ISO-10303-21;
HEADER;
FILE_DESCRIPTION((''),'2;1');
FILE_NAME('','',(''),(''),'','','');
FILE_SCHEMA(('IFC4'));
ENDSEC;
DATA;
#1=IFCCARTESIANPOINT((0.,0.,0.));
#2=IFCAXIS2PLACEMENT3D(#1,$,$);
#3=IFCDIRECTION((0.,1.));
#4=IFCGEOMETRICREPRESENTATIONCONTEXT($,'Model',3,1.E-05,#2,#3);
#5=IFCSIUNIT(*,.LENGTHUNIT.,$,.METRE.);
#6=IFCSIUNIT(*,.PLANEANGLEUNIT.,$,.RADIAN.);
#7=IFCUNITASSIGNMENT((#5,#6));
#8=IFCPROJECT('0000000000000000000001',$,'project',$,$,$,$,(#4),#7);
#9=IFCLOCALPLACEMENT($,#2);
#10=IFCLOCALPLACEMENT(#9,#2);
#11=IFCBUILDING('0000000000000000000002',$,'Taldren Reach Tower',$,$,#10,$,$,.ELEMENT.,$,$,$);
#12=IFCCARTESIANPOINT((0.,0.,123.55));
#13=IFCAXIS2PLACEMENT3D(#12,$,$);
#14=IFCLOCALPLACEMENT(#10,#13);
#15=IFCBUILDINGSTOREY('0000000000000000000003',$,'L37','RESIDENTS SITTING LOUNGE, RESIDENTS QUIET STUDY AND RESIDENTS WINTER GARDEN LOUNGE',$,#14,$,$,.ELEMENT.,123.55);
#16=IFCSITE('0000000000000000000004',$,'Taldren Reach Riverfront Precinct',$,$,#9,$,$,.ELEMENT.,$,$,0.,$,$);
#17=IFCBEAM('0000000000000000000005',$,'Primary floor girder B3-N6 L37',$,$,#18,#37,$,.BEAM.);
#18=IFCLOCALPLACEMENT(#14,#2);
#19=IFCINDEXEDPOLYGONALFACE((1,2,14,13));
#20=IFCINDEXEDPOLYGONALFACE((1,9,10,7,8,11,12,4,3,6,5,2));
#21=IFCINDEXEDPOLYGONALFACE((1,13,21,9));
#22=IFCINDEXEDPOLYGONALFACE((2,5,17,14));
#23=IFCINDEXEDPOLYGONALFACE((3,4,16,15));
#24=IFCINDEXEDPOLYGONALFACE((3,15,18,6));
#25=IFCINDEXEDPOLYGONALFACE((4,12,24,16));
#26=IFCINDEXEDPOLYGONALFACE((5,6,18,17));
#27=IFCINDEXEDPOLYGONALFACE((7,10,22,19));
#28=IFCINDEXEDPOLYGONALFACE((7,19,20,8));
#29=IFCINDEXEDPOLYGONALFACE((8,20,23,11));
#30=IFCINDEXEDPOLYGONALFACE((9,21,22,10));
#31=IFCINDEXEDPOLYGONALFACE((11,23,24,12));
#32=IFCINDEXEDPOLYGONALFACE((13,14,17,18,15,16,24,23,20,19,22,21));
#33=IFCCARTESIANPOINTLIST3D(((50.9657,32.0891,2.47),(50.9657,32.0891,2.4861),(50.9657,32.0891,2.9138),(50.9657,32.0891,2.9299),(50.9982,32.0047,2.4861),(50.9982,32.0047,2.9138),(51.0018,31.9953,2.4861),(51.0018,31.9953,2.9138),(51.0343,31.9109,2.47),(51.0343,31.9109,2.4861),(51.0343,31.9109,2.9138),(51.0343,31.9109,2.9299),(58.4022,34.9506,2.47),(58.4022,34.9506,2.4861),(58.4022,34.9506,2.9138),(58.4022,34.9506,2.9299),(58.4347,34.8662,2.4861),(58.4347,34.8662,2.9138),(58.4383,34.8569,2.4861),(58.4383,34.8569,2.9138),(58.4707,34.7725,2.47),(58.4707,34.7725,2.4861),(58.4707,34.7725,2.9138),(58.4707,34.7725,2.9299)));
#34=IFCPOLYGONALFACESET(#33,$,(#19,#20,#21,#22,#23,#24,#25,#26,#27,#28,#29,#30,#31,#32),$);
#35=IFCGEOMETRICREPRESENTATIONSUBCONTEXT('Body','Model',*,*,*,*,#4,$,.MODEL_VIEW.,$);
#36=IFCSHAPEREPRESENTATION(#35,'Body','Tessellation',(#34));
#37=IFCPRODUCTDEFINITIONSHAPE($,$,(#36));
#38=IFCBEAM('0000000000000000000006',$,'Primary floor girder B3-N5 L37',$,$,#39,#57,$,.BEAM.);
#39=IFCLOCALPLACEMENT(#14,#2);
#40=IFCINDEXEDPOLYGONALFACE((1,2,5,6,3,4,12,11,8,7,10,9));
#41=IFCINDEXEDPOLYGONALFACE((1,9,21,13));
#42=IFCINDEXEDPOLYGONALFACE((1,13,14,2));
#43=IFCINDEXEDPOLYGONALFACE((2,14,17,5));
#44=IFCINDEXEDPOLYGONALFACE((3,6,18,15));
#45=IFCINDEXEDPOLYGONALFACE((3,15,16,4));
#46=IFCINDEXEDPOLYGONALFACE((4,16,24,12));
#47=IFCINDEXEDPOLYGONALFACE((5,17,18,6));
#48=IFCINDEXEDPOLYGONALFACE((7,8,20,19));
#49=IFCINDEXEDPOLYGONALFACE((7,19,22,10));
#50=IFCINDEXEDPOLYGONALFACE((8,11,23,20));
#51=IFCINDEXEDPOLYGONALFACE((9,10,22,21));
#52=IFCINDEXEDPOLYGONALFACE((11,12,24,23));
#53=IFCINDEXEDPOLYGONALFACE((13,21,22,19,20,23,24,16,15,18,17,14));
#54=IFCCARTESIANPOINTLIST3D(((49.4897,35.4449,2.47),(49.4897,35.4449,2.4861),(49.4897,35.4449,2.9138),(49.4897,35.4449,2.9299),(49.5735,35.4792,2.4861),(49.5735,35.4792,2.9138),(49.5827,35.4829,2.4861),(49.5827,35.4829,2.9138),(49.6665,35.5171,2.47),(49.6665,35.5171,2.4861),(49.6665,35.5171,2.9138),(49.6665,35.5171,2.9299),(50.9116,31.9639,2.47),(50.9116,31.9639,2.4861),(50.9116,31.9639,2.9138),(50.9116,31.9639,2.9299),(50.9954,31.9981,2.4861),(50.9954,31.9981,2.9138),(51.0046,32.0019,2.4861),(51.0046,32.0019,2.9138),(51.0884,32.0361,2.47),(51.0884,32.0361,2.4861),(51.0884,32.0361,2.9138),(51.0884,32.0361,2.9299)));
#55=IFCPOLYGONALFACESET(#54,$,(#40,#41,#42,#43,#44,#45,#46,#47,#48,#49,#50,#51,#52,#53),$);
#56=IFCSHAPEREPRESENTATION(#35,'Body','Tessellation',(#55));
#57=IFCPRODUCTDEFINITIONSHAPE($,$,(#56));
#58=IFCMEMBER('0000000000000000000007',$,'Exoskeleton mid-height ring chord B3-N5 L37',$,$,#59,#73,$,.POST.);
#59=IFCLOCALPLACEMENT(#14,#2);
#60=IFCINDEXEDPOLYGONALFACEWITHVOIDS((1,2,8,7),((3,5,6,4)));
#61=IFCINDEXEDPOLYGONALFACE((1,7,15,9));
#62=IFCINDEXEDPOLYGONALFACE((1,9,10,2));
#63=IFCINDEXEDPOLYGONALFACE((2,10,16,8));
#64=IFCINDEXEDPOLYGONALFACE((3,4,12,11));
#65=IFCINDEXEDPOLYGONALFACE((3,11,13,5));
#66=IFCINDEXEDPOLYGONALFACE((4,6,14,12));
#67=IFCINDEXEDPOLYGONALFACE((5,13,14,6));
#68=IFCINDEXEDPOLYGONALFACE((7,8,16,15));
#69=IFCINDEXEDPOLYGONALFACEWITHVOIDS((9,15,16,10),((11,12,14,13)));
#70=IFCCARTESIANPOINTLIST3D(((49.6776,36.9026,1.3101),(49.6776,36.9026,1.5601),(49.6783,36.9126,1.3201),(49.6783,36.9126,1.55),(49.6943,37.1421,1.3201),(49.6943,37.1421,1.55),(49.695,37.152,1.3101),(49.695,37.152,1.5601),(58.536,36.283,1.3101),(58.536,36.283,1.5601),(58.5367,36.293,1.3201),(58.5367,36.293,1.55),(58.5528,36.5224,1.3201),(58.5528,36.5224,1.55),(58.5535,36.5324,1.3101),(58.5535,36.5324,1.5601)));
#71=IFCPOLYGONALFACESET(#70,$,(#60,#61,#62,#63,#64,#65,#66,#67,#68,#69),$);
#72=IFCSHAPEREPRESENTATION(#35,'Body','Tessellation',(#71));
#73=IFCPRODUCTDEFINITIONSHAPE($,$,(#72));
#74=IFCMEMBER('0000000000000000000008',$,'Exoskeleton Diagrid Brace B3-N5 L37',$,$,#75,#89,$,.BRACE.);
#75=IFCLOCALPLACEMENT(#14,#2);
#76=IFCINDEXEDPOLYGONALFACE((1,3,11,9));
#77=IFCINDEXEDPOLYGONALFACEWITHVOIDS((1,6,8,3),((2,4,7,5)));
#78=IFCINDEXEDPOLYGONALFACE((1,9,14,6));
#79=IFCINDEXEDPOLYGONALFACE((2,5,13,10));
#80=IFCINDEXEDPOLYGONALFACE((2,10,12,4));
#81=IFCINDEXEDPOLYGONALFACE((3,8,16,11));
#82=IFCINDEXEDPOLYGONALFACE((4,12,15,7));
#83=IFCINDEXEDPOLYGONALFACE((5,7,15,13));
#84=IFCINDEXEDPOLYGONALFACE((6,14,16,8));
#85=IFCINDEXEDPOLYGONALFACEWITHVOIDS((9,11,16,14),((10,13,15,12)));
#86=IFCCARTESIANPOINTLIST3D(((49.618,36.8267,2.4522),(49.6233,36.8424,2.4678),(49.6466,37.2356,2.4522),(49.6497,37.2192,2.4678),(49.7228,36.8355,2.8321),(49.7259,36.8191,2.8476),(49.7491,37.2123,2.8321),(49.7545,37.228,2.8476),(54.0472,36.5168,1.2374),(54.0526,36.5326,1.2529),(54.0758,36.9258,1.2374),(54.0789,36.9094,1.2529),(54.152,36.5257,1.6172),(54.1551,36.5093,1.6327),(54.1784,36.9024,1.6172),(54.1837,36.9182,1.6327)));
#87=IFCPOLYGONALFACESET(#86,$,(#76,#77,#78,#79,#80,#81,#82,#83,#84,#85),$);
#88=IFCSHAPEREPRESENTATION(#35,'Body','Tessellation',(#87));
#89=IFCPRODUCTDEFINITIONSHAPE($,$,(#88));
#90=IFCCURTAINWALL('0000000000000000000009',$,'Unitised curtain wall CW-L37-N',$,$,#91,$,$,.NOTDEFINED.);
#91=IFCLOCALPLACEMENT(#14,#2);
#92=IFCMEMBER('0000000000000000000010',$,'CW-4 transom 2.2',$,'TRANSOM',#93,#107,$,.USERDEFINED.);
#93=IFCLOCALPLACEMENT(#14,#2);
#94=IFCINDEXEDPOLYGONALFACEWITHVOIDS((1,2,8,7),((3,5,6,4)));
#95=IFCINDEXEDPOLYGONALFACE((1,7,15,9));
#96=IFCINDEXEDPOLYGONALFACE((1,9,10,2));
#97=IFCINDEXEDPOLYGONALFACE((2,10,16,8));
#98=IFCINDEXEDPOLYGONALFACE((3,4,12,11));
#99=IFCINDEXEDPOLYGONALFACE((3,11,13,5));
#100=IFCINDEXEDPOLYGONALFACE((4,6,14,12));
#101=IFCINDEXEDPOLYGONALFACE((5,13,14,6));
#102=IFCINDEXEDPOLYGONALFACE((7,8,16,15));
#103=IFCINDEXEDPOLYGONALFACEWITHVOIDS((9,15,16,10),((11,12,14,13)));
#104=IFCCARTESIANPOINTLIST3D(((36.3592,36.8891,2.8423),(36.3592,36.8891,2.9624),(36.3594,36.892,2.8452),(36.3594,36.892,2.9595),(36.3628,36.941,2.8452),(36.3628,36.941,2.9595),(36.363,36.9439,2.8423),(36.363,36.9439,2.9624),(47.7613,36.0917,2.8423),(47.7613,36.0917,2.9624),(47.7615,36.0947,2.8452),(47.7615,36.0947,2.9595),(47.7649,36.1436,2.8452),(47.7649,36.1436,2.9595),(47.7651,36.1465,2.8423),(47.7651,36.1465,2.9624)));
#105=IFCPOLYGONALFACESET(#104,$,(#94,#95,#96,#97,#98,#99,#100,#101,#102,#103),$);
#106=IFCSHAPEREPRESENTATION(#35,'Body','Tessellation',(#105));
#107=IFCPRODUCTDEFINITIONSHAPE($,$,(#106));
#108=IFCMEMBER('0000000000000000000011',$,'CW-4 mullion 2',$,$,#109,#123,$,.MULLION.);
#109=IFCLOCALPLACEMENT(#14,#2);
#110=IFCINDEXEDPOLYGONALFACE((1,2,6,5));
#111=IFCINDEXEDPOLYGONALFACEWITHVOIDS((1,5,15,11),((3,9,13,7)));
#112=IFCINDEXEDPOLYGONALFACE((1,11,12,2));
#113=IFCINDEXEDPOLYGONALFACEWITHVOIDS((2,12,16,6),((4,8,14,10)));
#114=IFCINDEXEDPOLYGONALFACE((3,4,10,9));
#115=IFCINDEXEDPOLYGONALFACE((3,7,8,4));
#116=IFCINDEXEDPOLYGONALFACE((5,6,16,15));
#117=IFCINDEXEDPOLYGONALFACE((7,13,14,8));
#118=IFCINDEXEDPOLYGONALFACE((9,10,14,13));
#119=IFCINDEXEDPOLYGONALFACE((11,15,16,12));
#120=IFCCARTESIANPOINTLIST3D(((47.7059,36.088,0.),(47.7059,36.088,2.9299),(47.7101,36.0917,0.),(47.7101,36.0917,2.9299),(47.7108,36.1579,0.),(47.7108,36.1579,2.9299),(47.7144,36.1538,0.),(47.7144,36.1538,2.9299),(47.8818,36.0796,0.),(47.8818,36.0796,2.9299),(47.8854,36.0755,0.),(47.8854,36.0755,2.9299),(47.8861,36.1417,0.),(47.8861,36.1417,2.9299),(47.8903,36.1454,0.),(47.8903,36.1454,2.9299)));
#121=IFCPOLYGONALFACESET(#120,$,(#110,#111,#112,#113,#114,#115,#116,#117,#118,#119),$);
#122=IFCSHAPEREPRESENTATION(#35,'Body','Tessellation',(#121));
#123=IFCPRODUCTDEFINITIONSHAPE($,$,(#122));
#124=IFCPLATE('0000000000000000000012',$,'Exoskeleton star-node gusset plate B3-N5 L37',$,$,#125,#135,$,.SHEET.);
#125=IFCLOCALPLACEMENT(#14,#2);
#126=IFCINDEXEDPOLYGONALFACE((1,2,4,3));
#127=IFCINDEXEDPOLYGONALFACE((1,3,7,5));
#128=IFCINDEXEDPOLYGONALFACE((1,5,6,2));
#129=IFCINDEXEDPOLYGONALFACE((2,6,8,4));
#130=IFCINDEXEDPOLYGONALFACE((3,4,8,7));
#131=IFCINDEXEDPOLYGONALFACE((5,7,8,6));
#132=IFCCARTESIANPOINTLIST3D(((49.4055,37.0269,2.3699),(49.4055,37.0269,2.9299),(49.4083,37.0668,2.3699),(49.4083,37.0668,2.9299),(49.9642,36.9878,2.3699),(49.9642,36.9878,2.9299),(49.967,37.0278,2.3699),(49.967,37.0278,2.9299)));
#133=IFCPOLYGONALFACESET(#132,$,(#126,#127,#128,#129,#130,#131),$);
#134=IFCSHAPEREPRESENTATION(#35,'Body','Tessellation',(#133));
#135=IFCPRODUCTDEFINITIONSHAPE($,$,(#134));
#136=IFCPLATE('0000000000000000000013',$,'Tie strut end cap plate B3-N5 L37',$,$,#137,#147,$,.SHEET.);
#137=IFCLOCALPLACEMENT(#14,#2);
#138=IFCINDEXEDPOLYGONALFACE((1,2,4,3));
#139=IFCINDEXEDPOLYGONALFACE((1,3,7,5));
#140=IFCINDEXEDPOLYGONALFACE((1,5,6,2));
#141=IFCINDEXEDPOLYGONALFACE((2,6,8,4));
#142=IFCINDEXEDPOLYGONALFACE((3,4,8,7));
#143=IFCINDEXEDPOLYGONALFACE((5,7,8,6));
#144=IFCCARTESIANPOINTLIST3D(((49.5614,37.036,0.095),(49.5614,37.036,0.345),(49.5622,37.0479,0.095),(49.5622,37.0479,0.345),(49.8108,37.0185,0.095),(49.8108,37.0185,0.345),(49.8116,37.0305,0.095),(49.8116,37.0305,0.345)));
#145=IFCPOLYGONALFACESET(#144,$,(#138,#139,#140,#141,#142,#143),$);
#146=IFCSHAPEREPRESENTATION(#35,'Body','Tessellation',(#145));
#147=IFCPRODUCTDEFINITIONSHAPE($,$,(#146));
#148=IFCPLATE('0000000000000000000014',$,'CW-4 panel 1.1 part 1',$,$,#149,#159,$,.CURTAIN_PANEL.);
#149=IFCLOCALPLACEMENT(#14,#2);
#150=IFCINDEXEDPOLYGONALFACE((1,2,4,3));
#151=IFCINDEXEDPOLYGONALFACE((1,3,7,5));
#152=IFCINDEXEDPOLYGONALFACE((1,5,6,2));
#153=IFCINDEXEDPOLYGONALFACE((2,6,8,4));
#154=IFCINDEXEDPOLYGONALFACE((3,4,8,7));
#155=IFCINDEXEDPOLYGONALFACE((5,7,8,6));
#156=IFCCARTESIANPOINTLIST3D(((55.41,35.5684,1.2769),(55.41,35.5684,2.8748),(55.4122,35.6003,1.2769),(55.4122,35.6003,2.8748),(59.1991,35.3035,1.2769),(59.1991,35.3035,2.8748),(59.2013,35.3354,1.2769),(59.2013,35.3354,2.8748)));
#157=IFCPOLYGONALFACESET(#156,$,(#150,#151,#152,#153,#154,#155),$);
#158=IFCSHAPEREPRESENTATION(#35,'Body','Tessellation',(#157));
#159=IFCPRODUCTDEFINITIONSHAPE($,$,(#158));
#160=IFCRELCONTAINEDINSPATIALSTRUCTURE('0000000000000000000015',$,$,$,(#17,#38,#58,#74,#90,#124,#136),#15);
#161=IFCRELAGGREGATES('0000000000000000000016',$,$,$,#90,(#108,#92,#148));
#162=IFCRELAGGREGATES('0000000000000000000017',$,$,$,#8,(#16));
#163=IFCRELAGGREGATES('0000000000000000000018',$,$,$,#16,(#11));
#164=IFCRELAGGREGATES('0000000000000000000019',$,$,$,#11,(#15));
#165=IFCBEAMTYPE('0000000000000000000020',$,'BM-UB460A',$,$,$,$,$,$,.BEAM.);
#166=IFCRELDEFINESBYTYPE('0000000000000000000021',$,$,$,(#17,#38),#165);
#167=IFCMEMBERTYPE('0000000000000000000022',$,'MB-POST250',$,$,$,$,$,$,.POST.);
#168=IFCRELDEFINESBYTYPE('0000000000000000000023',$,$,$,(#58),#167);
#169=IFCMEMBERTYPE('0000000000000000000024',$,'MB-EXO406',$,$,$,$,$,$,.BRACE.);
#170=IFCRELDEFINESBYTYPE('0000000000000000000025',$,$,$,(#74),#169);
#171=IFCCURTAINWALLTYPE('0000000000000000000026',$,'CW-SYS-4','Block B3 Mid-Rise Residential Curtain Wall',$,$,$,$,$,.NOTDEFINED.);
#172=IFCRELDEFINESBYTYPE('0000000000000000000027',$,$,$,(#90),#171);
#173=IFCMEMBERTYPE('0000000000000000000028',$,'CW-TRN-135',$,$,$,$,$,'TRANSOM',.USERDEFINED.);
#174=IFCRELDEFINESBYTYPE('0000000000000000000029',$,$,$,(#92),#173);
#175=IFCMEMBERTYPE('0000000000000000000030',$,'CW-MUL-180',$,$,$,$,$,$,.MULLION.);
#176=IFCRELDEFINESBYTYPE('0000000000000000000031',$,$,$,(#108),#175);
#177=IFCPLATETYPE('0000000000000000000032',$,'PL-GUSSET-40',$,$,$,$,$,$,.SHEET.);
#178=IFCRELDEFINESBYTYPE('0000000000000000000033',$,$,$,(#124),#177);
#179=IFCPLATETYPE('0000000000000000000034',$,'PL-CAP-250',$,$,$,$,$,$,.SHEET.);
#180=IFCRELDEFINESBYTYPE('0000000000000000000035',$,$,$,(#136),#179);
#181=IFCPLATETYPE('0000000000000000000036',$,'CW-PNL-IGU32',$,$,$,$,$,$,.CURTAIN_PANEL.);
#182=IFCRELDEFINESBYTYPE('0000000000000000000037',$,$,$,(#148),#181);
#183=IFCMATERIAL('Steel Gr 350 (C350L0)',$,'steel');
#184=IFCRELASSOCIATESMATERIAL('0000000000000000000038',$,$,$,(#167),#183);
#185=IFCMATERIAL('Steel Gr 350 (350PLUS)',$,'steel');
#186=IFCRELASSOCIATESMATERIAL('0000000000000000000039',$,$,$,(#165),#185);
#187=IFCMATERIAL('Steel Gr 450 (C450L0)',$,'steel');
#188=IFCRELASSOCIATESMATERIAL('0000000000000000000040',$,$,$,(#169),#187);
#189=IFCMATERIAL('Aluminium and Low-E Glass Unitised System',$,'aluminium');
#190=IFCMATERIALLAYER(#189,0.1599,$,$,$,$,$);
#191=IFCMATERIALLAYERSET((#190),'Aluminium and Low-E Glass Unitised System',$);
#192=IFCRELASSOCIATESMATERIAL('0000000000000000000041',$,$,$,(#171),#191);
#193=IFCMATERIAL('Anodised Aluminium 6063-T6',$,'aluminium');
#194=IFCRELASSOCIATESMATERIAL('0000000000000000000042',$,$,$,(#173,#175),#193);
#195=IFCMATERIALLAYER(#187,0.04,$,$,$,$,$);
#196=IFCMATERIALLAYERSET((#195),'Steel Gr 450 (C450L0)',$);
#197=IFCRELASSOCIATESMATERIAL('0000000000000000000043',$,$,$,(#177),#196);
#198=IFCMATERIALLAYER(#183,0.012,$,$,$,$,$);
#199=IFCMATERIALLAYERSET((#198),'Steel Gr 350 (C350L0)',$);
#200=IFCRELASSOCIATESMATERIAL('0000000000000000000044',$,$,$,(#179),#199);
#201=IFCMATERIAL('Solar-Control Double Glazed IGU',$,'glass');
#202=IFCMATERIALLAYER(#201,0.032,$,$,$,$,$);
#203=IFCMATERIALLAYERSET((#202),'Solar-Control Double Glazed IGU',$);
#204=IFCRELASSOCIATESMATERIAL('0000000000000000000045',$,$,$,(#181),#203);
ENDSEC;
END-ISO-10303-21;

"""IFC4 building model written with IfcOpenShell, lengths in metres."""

from ifc_helpers import new_model, si_unit, direction, frame, origin, origin_2d, place, context, subcontext, project, spatial, rectangle, hollow_rectangle, i_section, extrude, source, transform, mapped, material, layer, layer_set, material_profile, profile_set, type_object, element, aggregate, save


model = new_model("IFC4")

# Units and contexts
model_context = context("Model", 3, precision=1e-05, world=origin(), true_north=direction((0.0, 1.0)))
body_context = subcontext(model_context, "Body", "Model", "MODEL_VIEW")
ifc_project = project(units=[si_unit("LENGTHUNIT", "METRE"), si_unit("PLANEANGLEUNIT", "RADIAN")], contexts=[model_context])

# Site, building, storey
site_placement = place(None, origin())
site = spatial("IfcSite", under=ifc_project, at=site_placement, Name="Taldren Reach Riverfront Precinct", CompositionType="ELEMENT", RefElevation=0.0)
building_placement = place(site_placement, origin())
building = spatial("IfcBuilding", under=site, at=building_placement, Name="Taldren Reach Tower", CompositionType="ELEMENT")
storey_placement = place(building_placement, frame((0.0, 0.0, 123.55)))
storey = spatial("IfcBuildingStorey", under=building, at=storey_placement, Name="L37", Description="RESIDENTS SITTING LOUNGE, RESIDENTS QUIET STUDY AND RESIDENTS WINTER GARDEN LOUNGE", CompositionType="ELEMENT", Elevation=123.55)

# Shared definitions
ifc_material_1 = material(Name="Steel Gr 450 (C450L0)", Category="steel")
ifc_material_2 = material(Name="Steel Gr 350 (350PLUS)", Category="steel")

# Shared definitions
ifc_material_3 = material(Name="Steel Gr 350 (C350L0)", Category="steel")
ifc_material_profile_1 = material_profile(ifc_material_3, hollow_rectangle(XDim=0.25, YDim=0.25, WallThickness=0.01, at=origin_2d()), Name="250x250x10.0SHS")
ifc_profile_set_1 = profile_set([ifc_material_profile_1], Name="Steel Gr 350 (C350L0)")
member_type_1 = type_object("IfcMemberType", Name="MB-POST250", PredefinedType="POST", material=ifc_profile_set_1)

# Beams
ifc_material_profile_2 = material_profile(ifc_material_2, i_section(OverallWidth=0.1909, OverallDepth=0.46, WebThickness=0.01, FlangeThickness=0.0161, at=origin_2d()), Name="460UB82.1")
ifc_profile_set_2 = profile_set([ifc_material_profile_2], Name="Steel Gr 350 (350PLUS)")
beam_type_1 = type_object("IfcBeamType", Name="BM-UB460A", PredefinedType="BEAM", material=ifc_profile_set_2)
shared_shape_1 = source(origin(), body_context, "Body", "SweptSolid", [
    extrude(i_section(OverallWidth=0.1909, OverallDepth=0.46, WebThickness=0.01, FlangeThickness=0.0161, at=origin_2d()), origin(), (0.0, 0.0, 1.0), 7.968),
])
beam_1_placement = place(storey_placement, frame((51.0, 32.0, 2.7), z_axis=(0.933288, 0.359129, 0.0), x_axis=(-0.359129, 0.933288, 0.0)))
element("IfcBeam", 1, at=beam_1_placement, inside=storey, type_object=beam_type_1, Name="Primary floor girder B3-N6 L37", PredefinedType="BEAM", context=body_context, shape_type="MappedRepresentation", body=[
    mapped(shared_shape_1, transform((0.0, 0.0, 0.0), scale=1.0)),
])
shared_shape_2 = source(origin(), body_context, "Body", "SweptSolid", [
    extrude(i_section(OverallWidth=0.1909, OverallDepth=0.46, WebThickness=0.01, FlangeThickness=0.0161, at=origin_2d()), origin(), (0.0, 0.0, 1.0), 3.7603),
])
beam_2_placement = place(storey_placement, frame((51.0, 32.0, 2.7), z_axis=(-0.378142, 0.925747, 0.0), x_axis=(-0.925747, -0.378142, 0.0)))
element("IfcBeam", 2, at=beam_2_placement, inside=storey, type_object=beam_type_1, Name="Primary floor girder B3-N5 L37", PredefinedType="BEAM", context=body_context, shape_type="MappedRepresentation", body=[
    mapped(shared_shape_2, transform((0.0, 0.0, 0.0), scale=1.0)),
])

# Members
shared_shape_3 = source(origin(), body_context, "Body", "SweptSolid", [
    extrude(hollow_rectangle(XDim=0.25, YDim=0.25, WallThickness=0.01, at=origin_2d()), origin(), (0.0, 0.0, 1.0), 8.8801),
])
member_1_placement = place(storey_placement, frame((49.6863, 37.0273, 1.4351), z_axis=(0.997563, -0.069778, 0.0), x_axis=(0.069778, 0.997563, 0.0)))
element("IfcMember", 3, at=member_1_placement, inside=storey, type_object=member_type_1, Name="Exoskeleton mid-height ring chord B3-N5 L37", PredefinedType="POST", context=body_context, shape_type="MappedRepresentation", body=[
    mapped(shared_shape_3, transform((0.0, 0.0, 0.0), scale=1.0)),
])
ifc_material_profile_3 = material_profile(ifc_material_1, hollow_rectangle(XDim=0.4099, YDim=0.4099, WallThickness=0.0161, at=origin_2d()), Name="410x410x16.0SHS")
ifc_profile_set_3 = profile_set([ifc_material_profile_3], Name="Steel Gr 450 (C450L0)")
member_type_2 = type_object("IfcMemberType", Name="MB-EXO406", PredefinedType="BRACE", material=ifc_profile_set_3)
shared_shape_4 = source(origin(), body_context, "Body", "SweptSolid", [
    extrude(hollow_rectangle(XDim=0.4099, YDim=0.4099, WallThickness=0.0161, at=origin_2d()), origin(), (0.0, 0.0, 1.0), 4.6033),
])
member_2_placement = place(storey_placement, frame((54.1155, 36.7175, 1.4351), z_axis=(-0.962196, 0.067304, 0.263912), x_axis=(-0.069778, -0.997563, 0.0)))
element("IfcMember", 4, at=member_2_placement, inside=storey, type_object=member_type_2, Name="Exoskeleton Diagrid Brace B3-N5 L37", PredefinedType="BRACE", context=body_context, shape_type="MappedRepresentation", body=[
    mapped(shared_shape_4, transform((0.0, 0.0, 0.0), scale=1.0)),
])

# Curtain wall, members
ifc_material_4 = material(Name="Aluminium and Low-E Glass Unitised System", Category="aluminium")
ifc_layer_1 = layer(ifc_material_4, 0.1599)
ifc_layer_set_1 = layer_set([ifc_layer_1], Name="Aluminium and Low-E Glass Unitised System")
curtain_wall_type = type_object("IfcCurtainWallType", Name="CW-SYS-4", Description="Block B3 Mid-Rise Residential Curtain Wall", PredefinedType="NOTDEFINED", material=ifc_layer_set_1)
curtain_wall_placement = place(storey_placement, origin())
curtain_wall = element("IfcCurtainWall", 5, at=curtain_wall_placement, inside=storey, type_object=curtain_wall_type, Name="Unitised curtain wall CW-L37-N", PredefinedType="NOTDEFINED")
ifc_material_5 = material(Name="Anodised Aluminium 6063-T6", Category="aluminium")
ifc_material_profile_4 = material_profile(ifc_material_5, hollow_rectangle(XDim=0.0549, YDim=0.1201, WallThickness=0.0029, at=origin_2d()), Name="ALU-120x55x3RHS")
ifc_profile_set_4 = profile_set([ifc_material_profile_4], Name="Anodised Aluminium 6063-T6")
member_type_3 = type_object("IfcMemberType", Name="CW-TRN-135", ElementType="TRANSOM", PredefinedType="USERDEFINED", material=ifc_profile_set_4)
shared_shape_5 = source(origin(), body_context, "Body", "SweptSolid", [
    extrude(hollow_rectangle(XDim=0.0549, YDim=0.1201, WallThickness=0.0029, at=origin_2d()), origin(), (0.0, 0.0, 1.0), 11.4299),
])
member_3_placement = place(storey_placement, frame((47.7632, 36.1191, 2.9023), z_axis=(-0.997564, 0.069761, 0.0), x_axis=(-0.069761, -0.997564, 0.0)))
member_3 = element("IfcMember", 6, at=member_3_placement, type_object=member_type_3, Name="CW-4 transom 2.2", ObjectType="TRANSOM", PredefinedType="USERDEFINED", context=body_context, shape_type="MappedRepresentation", body=[
    mapped(shared_shape_5, transform((0.0, 0.0, 0.0), scale=1.0)),
])
ifc_material_profile_5 = material_profile(ifc_material_5, hollow_rectangle(XDim=0.0701, YDim=0.1799, WallThickness=0.0039, at=origin_2d()), Name="ALU-180x70x4RHS")
ifc_profile_set_5 = profile_set([ifc_material_profile_5], Name="Anodised Aluminium 6063-T6")
member_type_4 = type_object("IfcMemberType", Name="CW-MUL-180", PredefinedType="MULLION", material=ifc_profile_set_5)
shared_shape_6 = source(origin(), body_context, "Body", "SweptSolid", [
    extrude(hollow_rectangle(XDim=0.0701, YDim=0.1799, WallThickness=0.0039, at=origin_2d()), origin(), (0.0, 0.0, 1.0), 2.9299),
])
member_4_placement = place(storey_placement, frame((47.7981, 36.1167, 0.0), z_axis=(0.0, 0.0, 1.0), x_axis=(-0.069757, -0.997564, 0.0)))
member_4 = element("IfcMember", 7, at=member_4_placement, type_object=member_type_4, Name="CW-4 mullion 2", PredefinedType="MULLION", context=body_context, shape_type="MappedRepresentation", body=[
    mapped(shared_shape_6, transform((0.0, 0.0, 0.0), scale=1.0)),
])

# Plates
ifc_layer_2 = layer(ifc_material_1, 0.04)
ifc_layer_set_2 = layer_set([ifc_layer_2], Name="Steel Gr 450 (C450L0)")
plate_type_1 = type_object("IfcPlateType", Name="PL-GUSSET-40", PredefinedType="SHEET", material=ifc_layer_set_2)
shared_shape_7 = source(origin(), body_context, "Body", "SweptSolid", [
    extrude(rectangle(XDim=0.5601, YDim=0.04, at=origin_2d()), origin(), (0.0, 0.0, 1.0), 0.5601),
])
plate_1_placement = place(storey_placement, frame((49.6863, 37.0273, 2.3699), z_axis=(0.0, 0.0, 1.0), x_axis=(0.997564, -0.069756, 0.0)))
element("IfcPlate", 8, at=plate_1_placement, inside=storey, type_object=plate_type_1, Name="Exoskeleton star-node gusset plate B3-N5 L37", PredefinedType="SHEET", context=body_context, shape_type="MappedRepresentation", body=[
    mapped(shared_shape_7, transform((0.0, 0.0, 0.0), scale=1.0)),
])
ifc_layer_3 = layer(ifc_material_3, 0.012)
ifc_layer_set_3 = layer_set([ifc_layer_3], Name="Steel Gr 350 (C350L0)")
plate_type_2 = type_object("IfcPlateType", Name="PL-CAP-250", PredefinedType="SHEET", material=ifc_layer_set_3)
shared_shape_8 = source(origin(), body_context, "Body", "SweptSolid", [
    extrude(rectangle(XDim=0.25, YDim=0.012, at=origin_2d()), origin(), (0.0, 0.0, 1.0), 0.25),
])
plate_2_placement = place(storey_placement, frame((49.6865, 37.0332, 0.095), z_axis=(0.0, 0.0, 1.0), x_axis=(0.997564, -0.069756, 0.0)))
element("IfcPlate", 9, at=plate_2_placement, inside=storey, type_object=plate_type_2, Name="Tie strut end cap plate B3-N5 L37", PredefinedType="SHEET", context=body_context, shape_type="MappedRepresentation", body=[
    mapped(shared_shape_8, transform((0.0, 0.0, 0.0), scale=1.0)),
])

# Plate
ifc_material_6 = material(Name="Solar-Control Double Glazed IGU", Category="glass")
ifc_layer_4 = layer(ifc_material_6, 0.032)
ifc_layer_set_4 = layer_set([ifc_layer_4], Name="Solar-Control Double Glazed IGU")
plate_type_3 = type_object("IfcPlateType", Name="CW-PNL-IGU32", PredefinedType="CURTAIN_PANEL", material=ifc_layer_set_4)
shared_shape_9 = source(origin(), body_context, "Body", "SweptSolid", [
    extrude(rectangle(XDim=3.7983, YDim=0.032, at=origin_2d()), origin(), (0.0, 0.0, 1.0), 1.5979),
])
plate_3_placement = place(storey_placement, frame((57.3057, 35.4519, 1.2769), z_axis=(0.0, 0.0, 1.0), x_axis=(-0.997564, 0.069757, 0.0)))
plate_3 = element("IfcPlate", 10, at=plate_3_placement, type_object=plate_type_3, Name="CW-4 panel 1.1 part 1", PredefinedType="CURTAIN_PANEL", context=body_context, shape_type="MappedRepresentation", body=[
    mapped(shared_shape_9, transform((0.0, 0.0, 0.0), scale=1.0)),
])
aggregate(curtain_wall, [member_4, member_3, plate_3])

save(model, "model.ifc")
